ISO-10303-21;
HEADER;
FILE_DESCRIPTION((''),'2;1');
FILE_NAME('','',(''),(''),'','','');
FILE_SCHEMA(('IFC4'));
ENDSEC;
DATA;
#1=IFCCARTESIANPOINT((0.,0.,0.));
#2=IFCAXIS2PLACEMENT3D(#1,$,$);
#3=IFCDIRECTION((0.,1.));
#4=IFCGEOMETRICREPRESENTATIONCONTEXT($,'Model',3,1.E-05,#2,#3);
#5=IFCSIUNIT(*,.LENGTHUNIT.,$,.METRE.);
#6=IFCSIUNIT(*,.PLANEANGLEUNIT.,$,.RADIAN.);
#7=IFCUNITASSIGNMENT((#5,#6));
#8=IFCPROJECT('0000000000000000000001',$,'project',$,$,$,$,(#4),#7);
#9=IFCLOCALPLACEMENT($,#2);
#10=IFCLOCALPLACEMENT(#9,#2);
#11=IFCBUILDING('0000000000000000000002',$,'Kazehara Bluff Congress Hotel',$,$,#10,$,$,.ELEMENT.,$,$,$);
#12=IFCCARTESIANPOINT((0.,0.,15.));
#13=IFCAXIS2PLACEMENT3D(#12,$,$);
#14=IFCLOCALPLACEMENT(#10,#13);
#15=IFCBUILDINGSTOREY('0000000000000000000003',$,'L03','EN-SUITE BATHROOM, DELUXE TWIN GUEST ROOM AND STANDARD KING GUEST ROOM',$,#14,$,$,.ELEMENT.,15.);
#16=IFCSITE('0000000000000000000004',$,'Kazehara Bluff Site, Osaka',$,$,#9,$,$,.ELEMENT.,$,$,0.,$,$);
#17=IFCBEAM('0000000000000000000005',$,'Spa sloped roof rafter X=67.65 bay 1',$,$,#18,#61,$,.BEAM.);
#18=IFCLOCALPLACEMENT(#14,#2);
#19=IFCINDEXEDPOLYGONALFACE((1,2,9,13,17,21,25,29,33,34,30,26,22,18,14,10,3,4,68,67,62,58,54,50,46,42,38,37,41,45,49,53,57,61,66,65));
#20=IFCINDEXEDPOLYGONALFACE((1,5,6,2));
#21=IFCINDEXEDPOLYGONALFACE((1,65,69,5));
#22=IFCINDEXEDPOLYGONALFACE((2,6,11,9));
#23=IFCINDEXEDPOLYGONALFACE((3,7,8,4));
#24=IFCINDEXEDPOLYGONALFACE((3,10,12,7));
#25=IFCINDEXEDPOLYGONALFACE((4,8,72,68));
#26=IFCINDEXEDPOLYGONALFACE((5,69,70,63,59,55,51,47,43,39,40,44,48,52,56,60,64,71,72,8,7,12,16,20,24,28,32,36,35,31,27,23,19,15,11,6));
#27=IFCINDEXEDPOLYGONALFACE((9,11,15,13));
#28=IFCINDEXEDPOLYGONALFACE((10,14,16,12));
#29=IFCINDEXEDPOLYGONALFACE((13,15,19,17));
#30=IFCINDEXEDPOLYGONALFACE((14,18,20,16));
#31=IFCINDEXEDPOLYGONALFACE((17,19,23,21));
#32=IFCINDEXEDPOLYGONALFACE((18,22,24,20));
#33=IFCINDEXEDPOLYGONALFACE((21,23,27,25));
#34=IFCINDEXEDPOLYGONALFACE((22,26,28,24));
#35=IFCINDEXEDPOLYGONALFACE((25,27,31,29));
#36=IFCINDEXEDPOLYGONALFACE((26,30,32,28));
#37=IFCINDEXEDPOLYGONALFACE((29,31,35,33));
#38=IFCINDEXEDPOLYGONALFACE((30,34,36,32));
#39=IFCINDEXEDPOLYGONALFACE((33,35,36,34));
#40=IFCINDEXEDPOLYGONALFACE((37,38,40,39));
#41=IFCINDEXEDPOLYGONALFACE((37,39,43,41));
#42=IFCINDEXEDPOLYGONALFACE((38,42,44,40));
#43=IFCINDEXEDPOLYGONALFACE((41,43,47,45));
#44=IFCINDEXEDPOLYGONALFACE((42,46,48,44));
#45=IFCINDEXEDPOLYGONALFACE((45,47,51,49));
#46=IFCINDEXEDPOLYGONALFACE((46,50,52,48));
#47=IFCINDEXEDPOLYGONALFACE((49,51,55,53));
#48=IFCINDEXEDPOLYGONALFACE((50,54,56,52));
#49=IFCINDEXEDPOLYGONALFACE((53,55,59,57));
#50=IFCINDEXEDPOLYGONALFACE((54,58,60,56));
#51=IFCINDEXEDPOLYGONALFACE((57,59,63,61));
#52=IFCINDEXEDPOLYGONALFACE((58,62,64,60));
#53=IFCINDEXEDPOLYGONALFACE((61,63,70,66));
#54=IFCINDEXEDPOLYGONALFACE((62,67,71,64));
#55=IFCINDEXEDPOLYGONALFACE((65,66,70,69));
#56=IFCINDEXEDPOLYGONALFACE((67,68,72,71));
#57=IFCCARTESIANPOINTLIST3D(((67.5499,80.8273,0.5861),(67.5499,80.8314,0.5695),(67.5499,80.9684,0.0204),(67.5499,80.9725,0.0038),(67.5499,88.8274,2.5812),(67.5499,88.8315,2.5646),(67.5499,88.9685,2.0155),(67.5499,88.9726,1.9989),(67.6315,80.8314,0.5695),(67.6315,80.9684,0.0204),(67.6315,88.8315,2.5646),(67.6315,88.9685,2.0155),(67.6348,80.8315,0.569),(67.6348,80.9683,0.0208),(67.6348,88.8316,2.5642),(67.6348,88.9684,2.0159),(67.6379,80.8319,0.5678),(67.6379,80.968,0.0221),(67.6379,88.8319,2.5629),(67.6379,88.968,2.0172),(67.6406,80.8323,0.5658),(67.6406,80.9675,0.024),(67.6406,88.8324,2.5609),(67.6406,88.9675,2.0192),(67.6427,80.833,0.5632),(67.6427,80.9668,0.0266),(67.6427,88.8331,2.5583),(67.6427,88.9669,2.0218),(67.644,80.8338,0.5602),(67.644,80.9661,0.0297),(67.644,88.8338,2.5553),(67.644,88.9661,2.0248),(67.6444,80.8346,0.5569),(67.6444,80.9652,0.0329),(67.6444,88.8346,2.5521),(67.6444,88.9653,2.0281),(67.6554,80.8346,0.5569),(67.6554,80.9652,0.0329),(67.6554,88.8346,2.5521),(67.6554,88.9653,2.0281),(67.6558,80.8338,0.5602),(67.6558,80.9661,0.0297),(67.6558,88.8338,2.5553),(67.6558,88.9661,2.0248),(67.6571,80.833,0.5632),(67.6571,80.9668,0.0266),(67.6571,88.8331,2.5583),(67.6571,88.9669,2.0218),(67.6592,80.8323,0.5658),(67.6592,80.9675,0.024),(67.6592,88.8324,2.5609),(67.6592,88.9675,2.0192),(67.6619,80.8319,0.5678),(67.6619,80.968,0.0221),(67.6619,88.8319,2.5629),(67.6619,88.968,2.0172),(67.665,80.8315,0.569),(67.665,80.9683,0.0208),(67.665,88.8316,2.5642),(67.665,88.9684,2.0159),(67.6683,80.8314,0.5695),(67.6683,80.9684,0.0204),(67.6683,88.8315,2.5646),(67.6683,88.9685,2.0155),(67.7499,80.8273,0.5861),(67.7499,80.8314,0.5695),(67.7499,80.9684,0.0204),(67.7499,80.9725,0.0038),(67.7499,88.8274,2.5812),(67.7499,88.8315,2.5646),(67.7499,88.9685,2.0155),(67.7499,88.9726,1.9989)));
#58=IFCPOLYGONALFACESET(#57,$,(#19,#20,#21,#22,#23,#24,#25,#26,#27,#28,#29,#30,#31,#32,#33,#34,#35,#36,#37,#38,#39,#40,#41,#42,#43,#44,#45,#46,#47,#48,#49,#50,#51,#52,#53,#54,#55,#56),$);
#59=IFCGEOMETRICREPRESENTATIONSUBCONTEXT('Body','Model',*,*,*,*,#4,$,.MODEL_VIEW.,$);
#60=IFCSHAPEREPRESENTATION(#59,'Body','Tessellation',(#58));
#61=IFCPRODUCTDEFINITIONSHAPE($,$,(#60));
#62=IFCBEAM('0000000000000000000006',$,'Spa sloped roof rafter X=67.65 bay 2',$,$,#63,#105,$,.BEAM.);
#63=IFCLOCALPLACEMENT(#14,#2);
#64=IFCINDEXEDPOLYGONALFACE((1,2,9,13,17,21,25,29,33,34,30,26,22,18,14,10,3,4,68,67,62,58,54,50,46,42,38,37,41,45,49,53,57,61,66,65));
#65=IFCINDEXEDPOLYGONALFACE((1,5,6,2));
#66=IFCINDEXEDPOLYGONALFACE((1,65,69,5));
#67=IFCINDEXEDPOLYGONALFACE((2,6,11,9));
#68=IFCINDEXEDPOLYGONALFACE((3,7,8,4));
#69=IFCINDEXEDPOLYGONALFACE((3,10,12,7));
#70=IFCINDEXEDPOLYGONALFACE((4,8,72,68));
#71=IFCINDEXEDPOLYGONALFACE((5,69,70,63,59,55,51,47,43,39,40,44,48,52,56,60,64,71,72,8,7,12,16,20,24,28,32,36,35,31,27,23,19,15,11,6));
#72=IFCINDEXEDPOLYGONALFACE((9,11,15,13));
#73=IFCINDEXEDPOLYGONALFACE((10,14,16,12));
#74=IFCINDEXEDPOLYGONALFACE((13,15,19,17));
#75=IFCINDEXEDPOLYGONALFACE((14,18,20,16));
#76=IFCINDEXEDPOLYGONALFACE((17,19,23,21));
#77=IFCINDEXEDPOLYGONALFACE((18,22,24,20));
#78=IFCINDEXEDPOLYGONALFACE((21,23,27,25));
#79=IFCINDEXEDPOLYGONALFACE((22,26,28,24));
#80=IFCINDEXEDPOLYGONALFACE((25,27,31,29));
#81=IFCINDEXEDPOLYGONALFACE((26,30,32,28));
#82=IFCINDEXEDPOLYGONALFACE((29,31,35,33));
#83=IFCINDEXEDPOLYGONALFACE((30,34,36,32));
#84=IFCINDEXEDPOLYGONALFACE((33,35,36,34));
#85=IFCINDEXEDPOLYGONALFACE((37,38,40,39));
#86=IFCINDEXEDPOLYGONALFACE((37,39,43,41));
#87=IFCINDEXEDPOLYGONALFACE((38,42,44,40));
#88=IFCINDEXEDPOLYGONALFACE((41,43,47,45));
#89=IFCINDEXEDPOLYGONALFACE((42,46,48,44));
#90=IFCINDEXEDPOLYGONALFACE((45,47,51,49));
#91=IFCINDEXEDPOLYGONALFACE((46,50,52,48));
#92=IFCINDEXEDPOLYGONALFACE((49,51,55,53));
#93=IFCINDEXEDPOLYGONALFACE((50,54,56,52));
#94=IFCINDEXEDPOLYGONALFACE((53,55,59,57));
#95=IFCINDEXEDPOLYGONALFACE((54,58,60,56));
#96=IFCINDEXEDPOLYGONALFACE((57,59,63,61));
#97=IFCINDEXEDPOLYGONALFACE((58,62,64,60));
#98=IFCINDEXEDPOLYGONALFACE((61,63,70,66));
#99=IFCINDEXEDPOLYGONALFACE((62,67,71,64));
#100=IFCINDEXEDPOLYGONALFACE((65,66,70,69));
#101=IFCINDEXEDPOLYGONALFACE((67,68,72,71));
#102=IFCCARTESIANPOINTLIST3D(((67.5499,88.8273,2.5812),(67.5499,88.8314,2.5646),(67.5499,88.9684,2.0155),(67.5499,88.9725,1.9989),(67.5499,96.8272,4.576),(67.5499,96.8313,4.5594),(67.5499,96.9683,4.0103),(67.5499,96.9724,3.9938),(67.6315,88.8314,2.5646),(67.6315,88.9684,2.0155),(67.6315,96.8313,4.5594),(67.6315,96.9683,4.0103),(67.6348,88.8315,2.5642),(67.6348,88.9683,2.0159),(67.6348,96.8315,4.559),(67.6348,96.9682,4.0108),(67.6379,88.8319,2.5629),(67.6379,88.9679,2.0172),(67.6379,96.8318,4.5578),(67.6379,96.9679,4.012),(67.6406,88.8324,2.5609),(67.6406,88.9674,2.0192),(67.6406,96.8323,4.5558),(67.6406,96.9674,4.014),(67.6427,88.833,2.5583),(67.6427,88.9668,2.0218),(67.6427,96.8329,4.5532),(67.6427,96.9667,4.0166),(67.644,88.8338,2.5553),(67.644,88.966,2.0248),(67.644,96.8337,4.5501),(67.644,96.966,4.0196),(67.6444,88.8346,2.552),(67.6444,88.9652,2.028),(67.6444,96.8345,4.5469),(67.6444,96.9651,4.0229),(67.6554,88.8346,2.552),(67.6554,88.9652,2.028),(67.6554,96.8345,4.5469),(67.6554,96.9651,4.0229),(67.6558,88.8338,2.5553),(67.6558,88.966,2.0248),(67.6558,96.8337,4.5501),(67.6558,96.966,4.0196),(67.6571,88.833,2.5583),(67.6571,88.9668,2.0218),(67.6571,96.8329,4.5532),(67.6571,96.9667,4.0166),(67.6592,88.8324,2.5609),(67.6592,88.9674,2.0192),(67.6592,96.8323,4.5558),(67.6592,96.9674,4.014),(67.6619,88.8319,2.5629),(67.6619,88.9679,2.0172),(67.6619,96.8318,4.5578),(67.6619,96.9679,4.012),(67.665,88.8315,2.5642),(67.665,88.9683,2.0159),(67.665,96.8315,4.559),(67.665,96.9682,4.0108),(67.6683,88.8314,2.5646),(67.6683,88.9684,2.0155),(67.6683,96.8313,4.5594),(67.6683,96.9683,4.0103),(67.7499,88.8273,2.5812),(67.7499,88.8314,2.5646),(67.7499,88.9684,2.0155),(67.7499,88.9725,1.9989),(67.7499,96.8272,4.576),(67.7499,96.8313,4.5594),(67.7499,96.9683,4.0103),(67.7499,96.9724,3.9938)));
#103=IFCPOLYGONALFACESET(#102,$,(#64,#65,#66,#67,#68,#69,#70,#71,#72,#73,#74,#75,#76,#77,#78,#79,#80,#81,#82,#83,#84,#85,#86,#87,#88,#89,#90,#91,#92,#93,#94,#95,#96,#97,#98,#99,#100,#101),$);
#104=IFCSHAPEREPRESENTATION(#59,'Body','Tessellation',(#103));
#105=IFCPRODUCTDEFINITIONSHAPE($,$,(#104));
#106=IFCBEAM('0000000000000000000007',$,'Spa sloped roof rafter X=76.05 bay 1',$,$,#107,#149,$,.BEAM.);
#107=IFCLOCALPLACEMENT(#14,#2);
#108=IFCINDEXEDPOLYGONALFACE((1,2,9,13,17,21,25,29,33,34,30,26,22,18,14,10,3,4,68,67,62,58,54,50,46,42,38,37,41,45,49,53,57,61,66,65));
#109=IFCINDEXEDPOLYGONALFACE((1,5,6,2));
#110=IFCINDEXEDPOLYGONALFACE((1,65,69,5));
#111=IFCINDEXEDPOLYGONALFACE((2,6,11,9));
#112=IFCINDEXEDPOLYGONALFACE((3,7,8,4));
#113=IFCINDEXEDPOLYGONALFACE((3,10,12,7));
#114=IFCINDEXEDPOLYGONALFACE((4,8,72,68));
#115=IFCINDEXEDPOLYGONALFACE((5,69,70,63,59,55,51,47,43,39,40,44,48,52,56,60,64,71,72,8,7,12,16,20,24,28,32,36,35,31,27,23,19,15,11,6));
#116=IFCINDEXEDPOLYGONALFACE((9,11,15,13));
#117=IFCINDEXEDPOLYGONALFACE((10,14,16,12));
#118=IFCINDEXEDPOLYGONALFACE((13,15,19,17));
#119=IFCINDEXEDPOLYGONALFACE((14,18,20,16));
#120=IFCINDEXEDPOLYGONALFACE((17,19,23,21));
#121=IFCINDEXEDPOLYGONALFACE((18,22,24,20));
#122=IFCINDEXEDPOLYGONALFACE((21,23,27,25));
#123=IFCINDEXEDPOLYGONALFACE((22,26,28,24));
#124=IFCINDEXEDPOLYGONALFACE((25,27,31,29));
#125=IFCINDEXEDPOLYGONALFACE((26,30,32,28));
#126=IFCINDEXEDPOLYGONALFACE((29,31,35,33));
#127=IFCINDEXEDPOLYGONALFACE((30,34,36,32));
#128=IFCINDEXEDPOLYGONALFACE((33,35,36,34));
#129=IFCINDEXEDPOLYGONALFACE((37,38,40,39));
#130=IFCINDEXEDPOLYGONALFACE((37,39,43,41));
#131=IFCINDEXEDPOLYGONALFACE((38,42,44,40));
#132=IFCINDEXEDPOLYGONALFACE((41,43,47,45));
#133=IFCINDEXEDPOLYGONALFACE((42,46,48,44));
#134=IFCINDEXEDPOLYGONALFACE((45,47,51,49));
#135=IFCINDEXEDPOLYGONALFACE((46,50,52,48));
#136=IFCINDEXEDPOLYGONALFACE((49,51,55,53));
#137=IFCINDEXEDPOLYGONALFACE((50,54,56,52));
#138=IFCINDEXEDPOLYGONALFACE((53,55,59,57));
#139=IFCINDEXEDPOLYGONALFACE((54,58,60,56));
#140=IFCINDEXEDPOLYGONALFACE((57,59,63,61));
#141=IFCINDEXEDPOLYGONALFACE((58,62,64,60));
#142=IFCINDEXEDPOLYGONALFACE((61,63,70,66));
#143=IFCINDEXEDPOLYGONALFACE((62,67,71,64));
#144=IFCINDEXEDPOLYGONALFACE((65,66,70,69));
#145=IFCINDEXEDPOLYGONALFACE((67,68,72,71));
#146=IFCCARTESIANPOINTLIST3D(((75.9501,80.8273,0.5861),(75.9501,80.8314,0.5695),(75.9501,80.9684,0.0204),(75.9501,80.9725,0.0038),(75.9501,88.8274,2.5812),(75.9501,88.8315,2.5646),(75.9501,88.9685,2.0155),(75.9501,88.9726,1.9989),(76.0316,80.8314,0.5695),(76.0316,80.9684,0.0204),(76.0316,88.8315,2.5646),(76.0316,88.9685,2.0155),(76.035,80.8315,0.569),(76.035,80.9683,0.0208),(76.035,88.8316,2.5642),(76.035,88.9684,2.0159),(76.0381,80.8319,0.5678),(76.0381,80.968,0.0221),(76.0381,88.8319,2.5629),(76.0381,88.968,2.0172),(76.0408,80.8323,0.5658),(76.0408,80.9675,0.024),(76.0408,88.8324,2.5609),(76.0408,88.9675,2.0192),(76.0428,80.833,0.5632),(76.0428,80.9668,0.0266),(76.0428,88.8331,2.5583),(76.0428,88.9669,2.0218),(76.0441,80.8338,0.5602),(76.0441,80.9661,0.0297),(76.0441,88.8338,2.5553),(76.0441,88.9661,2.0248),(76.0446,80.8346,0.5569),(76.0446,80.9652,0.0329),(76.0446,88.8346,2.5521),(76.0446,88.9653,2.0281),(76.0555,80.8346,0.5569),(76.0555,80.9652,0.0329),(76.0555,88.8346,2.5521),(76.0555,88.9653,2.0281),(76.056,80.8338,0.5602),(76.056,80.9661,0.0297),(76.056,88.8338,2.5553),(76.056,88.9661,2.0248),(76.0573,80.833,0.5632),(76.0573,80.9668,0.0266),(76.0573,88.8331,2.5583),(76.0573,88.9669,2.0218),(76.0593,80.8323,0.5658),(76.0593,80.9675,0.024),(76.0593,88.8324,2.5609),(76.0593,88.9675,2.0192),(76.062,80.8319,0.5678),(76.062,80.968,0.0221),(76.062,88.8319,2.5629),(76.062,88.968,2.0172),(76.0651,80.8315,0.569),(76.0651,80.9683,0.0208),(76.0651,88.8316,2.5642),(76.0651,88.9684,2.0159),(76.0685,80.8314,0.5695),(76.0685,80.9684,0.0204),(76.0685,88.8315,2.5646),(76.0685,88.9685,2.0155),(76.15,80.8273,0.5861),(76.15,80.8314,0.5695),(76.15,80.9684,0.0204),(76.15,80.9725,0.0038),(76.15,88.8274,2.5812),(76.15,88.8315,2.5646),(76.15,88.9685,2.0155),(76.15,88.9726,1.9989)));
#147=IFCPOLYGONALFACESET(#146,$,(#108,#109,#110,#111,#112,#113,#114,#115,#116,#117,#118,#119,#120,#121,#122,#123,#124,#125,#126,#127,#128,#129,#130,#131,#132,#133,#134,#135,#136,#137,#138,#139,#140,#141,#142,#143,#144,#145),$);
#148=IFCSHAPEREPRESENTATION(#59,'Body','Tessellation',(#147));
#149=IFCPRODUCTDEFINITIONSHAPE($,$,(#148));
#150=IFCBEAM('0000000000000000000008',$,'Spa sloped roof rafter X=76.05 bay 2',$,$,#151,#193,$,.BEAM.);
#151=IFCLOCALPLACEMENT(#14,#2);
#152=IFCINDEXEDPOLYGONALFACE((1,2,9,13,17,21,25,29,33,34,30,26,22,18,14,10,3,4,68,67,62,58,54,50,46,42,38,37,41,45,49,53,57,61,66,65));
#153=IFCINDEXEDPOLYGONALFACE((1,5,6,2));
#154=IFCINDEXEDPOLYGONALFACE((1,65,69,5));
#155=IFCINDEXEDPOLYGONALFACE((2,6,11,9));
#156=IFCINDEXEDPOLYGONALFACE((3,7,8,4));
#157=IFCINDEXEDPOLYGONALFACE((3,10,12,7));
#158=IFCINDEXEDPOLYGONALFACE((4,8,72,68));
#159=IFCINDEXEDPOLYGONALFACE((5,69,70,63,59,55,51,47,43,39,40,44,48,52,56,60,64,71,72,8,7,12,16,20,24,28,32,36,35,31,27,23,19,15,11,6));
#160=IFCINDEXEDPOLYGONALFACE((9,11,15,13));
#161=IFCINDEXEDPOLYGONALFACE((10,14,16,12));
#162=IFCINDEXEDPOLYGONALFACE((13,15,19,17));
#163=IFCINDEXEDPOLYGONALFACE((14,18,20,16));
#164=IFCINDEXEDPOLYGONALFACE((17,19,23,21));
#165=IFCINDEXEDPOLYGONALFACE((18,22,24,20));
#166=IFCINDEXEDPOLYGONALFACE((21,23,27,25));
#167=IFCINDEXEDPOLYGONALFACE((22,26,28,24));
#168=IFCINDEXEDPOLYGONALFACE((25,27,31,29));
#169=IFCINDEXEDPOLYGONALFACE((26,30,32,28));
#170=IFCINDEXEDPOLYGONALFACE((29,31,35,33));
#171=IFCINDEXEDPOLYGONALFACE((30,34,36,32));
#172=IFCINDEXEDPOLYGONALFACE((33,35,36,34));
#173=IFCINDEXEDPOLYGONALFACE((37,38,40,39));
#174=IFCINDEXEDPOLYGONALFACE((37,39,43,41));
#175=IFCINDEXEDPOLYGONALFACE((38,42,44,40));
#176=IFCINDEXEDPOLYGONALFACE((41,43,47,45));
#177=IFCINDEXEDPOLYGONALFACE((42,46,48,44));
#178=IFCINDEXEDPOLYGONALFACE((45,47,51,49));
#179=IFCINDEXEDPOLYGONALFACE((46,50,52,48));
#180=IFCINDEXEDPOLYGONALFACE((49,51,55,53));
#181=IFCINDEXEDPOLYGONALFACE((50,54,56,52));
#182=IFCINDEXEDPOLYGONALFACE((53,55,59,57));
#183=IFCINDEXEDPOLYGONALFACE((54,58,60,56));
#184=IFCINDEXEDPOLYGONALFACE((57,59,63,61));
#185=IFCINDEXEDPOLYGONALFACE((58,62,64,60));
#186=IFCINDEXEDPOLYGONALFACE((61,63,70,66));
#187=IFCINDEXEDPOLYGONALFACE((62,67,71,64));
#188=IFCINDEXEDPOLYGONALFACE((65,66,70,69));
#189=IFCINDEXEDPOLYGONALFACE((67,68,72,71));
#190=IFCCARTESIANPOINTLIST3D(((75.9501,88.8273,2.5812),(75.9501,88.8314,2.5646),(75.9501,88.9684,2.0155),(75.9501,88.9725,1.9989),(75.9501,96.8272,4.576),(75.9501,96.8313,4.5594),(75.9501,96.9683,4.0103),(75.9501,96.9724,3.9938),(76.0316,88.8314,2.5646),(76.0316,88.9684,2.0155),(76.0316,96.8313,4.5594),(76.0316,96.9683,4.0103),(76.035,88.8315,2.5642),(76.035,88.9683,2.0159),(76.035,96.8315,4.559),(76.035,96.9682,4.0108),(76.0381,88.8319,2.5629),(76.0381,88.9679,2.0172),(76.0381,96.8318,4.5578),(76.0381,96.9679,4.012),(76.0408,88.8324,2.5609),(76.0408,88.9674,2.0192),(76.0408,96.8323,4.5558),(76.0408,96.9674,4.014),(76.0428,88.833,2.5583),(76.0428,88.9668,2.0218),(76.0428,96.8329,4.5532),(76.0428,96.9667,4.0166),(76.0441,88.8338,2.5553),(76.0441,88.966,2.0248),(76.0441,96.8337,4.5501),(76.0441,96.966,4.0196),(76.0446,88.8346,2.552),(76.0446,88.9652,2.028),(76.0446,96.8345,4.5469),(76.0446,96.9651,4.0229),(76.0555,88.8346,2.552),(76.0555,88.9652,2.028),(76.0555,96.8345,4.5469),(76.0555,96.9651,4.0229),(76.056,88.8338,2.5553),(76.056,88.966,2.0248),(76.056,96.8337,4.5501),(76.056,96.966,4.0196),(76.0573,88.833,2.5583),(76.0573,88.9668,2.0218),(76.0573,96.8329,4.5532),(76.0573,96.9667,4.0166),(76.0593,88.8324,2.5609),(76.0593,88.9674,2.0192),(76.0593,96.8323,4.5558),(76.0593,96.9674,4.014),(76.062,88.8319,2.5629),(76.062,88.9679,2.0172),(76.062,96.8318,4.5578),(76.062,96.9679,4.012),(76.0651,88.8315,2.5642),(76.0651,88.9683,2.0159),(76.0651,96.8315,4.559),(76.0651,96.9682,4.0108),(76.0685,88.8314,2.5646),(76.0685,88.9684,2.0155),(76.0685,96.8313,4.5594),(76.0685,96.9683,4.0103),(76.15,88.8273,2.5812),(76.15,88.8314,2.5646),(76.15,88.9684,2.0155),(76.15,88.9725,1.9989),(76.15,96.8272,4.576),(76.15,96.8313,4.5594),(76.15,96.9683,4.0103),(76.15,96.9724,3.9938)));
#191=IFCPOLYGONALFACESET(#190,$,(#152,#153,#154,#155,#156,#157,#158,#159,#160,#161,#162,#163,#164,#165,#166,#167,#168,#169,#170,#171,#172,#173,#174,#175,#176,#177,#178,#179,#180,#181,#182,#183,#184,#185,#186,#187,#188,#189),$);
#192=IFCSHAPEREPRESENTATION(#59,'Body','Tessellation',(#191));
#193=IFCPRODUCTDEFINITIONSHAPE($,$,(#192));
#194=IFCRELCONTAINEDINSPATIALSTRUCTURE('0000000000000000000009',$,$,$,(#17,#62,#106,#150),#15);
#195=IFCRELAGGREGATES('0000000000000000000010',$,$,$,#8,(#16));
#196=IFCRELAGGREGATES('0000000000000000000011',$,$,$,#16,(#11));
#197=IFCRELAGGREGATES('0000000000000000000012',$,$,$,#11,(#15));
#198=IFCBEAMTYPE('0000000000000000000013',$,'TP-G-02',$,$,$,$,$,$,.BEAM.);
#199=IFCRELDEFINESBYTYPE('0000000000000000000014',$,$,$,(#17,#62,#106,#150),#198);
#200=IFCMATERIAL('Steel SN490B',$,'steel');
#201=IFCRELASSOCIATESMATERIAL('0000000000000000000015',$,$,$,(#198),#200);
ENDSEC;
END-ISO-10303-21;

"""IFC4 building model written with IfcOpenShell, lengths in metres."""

from ifc_helpers import new_model, si_unit, direction, frame, origin, origin_2d, place, context, subcontext, project, spatial, i_section, extrude, material, material_profile, profile_set, type_object, element, save


model = new_model("IFC4")

# Units and contexts
model_context = context("Model", 3, precision=1e-05, world=origin(), true_north=direction((0.0, 1.0)))
body_context = subcontext(model_context, "Body", "Model", "MODEL_VIEW")
ifc_project = project(units=[si_unit("LENGTHUNIT", "METRE"), si_unit("PLANEANGLEUNIT", "RADIAN")], contexts=[model_context])

# Site, building, storey
site_placement = place(None, origin())
site = spatial("IfcSite", under=ifc_project, at=site_placement, Name="Kazehara Bluff Site, Osaka", CompositionType="ELEMENT", RefElevation=0.0)
building_placement = place(site_placement, origin())
building = spatial("IfcBuilding", under=site, at=building_placement, Name="Kazehara Bluff Congress Hotel", CompositionType="ELEMENT")
storey_placement = place(building_placement, frame((0.0, 0.0, 15.0)))
storey = spatial("IfcBuildingStorey", under=building, at=storey_placement, Name="L03", Description="EN-SUITE BATHROOM, DELUXE TWIN GUEST ROOM AND STANDARD KING GUEST ROOM", CompositionType="ELEMENT", Elevation=15.0)

# Beams
ifc_material_1 = material(Name="Steel SN490B", Category="steel")
ifc_material_profile_1 = material_profile(ifc_material_1, i_section(OverallWidth=0.2, OverallDepth=0.6001, WebThickness=0.011, FlangeThickness=0.0171, FilletRadius=0.0129, at=origin_2d()))
ifc_profile_set_1 = profile_set([ifc_material_profile_1], Name="Steel SN490B")
beam_type_1 = type_object("IfcBeamType", Name="TP-G-02", PredefinedType="BEAM", material=ifc_profile_set_1)
beam_1_placement = place(storey_placement, frame((67.6499, 80.8999, 0.2949), z_axis=(0.0, 0.970282, 0.241978), x_axis=(-1.0, 0.0, 0.0)))
element("IfcBeam", 1, at=beam_1_placement, inside=storey, type_object=beam_type_1, Name="Spa sloped roof rafter X=67.65 bay 1", PredefinedType="BEAM", context=body_context, shape_type="SweptSolid", body=[
    extrude(i_section(OverallWidth=0.2, OverallDepth=0.6001, WebThickness=0.011, FlangeThickness=0.0171, FilletRadius=0.0129, at=origin_2d()), origin(), (0.0, 0.0, 1.0), 8.2451),
])
beam_2_placement = place(storey_placement, frame((67.6499, 88.8999, 2.29), z_axis=(0.0, 0.970289, 0.24195), x_axis=(-1.0, 0.0, 0.0)))
element("IfcBeam", 2, at=beam_2_placement, inside=storey, type_object=beam_type_1, Name="Spa sloped roof rafter X=67.65 bay 2", PredefinedType="BEAM", context=body_context, shape_type="SweptSolid", body=[
    extrude(i_section(OverallWidth=0.2, OverallDepth=0.6001, WebThickness=0.011, FlangeThickness=0.0171, FilletRadius=0.0129, at=origin_2d()), origin(), (0.0, 0.0, 1.0), 8.2449),
])
beam_3_placement = place(storey_placement, frame((76.05, 80.8999, 0.2949), z_axis=(0.0, 0.970282, 0.241978), x_axis=(-1.0, 0.0, 0.0)))
element("IfcBeam", 3, at=beam_3_placement, inside=storey, type_object=beam_type_1, Name="Spa sloped roof rafter X=76.05 bay 1", PredefinedType="BEAM", context=body_context, shape_type="SweptSolid", body=[
    extrude(i_section(OverallWidth=0.2, OverallDepth=0.6001, WebThickness=0.011, FlangeThickness=0.0171, FilletRadius=0.0129, at=origin_2d()), origin(), (0.0, 0.0, 1.0), 8.2451),
])
beam_4_placement = place(storey_placement, frame((76.05, 88.8999, 2.29), z_axis=(0.0, 0.970289, 0.24195), x_axis=(-1.0, 0.0, 0.0)))
element("IfcBeam", 4, at=beam_4_placement, inside=storey, type_object=beam_type_1, Name="Spa sloped roof rafter X=76.05 bay 2", PredefinedType="BEAM", context=body_context, shape_type="SweptSolid", body=[
    extrude(i_section(OverallWidth=0.2, OverallDepth=0.6001, WebThickness=0.011, FlangeThickness=0.0171, FilletRadius=0.0129, at=origin_2d()), origin(), (0.0, 0.0, 1.0), 8.2449),
])

save(model, "model.ifc")
